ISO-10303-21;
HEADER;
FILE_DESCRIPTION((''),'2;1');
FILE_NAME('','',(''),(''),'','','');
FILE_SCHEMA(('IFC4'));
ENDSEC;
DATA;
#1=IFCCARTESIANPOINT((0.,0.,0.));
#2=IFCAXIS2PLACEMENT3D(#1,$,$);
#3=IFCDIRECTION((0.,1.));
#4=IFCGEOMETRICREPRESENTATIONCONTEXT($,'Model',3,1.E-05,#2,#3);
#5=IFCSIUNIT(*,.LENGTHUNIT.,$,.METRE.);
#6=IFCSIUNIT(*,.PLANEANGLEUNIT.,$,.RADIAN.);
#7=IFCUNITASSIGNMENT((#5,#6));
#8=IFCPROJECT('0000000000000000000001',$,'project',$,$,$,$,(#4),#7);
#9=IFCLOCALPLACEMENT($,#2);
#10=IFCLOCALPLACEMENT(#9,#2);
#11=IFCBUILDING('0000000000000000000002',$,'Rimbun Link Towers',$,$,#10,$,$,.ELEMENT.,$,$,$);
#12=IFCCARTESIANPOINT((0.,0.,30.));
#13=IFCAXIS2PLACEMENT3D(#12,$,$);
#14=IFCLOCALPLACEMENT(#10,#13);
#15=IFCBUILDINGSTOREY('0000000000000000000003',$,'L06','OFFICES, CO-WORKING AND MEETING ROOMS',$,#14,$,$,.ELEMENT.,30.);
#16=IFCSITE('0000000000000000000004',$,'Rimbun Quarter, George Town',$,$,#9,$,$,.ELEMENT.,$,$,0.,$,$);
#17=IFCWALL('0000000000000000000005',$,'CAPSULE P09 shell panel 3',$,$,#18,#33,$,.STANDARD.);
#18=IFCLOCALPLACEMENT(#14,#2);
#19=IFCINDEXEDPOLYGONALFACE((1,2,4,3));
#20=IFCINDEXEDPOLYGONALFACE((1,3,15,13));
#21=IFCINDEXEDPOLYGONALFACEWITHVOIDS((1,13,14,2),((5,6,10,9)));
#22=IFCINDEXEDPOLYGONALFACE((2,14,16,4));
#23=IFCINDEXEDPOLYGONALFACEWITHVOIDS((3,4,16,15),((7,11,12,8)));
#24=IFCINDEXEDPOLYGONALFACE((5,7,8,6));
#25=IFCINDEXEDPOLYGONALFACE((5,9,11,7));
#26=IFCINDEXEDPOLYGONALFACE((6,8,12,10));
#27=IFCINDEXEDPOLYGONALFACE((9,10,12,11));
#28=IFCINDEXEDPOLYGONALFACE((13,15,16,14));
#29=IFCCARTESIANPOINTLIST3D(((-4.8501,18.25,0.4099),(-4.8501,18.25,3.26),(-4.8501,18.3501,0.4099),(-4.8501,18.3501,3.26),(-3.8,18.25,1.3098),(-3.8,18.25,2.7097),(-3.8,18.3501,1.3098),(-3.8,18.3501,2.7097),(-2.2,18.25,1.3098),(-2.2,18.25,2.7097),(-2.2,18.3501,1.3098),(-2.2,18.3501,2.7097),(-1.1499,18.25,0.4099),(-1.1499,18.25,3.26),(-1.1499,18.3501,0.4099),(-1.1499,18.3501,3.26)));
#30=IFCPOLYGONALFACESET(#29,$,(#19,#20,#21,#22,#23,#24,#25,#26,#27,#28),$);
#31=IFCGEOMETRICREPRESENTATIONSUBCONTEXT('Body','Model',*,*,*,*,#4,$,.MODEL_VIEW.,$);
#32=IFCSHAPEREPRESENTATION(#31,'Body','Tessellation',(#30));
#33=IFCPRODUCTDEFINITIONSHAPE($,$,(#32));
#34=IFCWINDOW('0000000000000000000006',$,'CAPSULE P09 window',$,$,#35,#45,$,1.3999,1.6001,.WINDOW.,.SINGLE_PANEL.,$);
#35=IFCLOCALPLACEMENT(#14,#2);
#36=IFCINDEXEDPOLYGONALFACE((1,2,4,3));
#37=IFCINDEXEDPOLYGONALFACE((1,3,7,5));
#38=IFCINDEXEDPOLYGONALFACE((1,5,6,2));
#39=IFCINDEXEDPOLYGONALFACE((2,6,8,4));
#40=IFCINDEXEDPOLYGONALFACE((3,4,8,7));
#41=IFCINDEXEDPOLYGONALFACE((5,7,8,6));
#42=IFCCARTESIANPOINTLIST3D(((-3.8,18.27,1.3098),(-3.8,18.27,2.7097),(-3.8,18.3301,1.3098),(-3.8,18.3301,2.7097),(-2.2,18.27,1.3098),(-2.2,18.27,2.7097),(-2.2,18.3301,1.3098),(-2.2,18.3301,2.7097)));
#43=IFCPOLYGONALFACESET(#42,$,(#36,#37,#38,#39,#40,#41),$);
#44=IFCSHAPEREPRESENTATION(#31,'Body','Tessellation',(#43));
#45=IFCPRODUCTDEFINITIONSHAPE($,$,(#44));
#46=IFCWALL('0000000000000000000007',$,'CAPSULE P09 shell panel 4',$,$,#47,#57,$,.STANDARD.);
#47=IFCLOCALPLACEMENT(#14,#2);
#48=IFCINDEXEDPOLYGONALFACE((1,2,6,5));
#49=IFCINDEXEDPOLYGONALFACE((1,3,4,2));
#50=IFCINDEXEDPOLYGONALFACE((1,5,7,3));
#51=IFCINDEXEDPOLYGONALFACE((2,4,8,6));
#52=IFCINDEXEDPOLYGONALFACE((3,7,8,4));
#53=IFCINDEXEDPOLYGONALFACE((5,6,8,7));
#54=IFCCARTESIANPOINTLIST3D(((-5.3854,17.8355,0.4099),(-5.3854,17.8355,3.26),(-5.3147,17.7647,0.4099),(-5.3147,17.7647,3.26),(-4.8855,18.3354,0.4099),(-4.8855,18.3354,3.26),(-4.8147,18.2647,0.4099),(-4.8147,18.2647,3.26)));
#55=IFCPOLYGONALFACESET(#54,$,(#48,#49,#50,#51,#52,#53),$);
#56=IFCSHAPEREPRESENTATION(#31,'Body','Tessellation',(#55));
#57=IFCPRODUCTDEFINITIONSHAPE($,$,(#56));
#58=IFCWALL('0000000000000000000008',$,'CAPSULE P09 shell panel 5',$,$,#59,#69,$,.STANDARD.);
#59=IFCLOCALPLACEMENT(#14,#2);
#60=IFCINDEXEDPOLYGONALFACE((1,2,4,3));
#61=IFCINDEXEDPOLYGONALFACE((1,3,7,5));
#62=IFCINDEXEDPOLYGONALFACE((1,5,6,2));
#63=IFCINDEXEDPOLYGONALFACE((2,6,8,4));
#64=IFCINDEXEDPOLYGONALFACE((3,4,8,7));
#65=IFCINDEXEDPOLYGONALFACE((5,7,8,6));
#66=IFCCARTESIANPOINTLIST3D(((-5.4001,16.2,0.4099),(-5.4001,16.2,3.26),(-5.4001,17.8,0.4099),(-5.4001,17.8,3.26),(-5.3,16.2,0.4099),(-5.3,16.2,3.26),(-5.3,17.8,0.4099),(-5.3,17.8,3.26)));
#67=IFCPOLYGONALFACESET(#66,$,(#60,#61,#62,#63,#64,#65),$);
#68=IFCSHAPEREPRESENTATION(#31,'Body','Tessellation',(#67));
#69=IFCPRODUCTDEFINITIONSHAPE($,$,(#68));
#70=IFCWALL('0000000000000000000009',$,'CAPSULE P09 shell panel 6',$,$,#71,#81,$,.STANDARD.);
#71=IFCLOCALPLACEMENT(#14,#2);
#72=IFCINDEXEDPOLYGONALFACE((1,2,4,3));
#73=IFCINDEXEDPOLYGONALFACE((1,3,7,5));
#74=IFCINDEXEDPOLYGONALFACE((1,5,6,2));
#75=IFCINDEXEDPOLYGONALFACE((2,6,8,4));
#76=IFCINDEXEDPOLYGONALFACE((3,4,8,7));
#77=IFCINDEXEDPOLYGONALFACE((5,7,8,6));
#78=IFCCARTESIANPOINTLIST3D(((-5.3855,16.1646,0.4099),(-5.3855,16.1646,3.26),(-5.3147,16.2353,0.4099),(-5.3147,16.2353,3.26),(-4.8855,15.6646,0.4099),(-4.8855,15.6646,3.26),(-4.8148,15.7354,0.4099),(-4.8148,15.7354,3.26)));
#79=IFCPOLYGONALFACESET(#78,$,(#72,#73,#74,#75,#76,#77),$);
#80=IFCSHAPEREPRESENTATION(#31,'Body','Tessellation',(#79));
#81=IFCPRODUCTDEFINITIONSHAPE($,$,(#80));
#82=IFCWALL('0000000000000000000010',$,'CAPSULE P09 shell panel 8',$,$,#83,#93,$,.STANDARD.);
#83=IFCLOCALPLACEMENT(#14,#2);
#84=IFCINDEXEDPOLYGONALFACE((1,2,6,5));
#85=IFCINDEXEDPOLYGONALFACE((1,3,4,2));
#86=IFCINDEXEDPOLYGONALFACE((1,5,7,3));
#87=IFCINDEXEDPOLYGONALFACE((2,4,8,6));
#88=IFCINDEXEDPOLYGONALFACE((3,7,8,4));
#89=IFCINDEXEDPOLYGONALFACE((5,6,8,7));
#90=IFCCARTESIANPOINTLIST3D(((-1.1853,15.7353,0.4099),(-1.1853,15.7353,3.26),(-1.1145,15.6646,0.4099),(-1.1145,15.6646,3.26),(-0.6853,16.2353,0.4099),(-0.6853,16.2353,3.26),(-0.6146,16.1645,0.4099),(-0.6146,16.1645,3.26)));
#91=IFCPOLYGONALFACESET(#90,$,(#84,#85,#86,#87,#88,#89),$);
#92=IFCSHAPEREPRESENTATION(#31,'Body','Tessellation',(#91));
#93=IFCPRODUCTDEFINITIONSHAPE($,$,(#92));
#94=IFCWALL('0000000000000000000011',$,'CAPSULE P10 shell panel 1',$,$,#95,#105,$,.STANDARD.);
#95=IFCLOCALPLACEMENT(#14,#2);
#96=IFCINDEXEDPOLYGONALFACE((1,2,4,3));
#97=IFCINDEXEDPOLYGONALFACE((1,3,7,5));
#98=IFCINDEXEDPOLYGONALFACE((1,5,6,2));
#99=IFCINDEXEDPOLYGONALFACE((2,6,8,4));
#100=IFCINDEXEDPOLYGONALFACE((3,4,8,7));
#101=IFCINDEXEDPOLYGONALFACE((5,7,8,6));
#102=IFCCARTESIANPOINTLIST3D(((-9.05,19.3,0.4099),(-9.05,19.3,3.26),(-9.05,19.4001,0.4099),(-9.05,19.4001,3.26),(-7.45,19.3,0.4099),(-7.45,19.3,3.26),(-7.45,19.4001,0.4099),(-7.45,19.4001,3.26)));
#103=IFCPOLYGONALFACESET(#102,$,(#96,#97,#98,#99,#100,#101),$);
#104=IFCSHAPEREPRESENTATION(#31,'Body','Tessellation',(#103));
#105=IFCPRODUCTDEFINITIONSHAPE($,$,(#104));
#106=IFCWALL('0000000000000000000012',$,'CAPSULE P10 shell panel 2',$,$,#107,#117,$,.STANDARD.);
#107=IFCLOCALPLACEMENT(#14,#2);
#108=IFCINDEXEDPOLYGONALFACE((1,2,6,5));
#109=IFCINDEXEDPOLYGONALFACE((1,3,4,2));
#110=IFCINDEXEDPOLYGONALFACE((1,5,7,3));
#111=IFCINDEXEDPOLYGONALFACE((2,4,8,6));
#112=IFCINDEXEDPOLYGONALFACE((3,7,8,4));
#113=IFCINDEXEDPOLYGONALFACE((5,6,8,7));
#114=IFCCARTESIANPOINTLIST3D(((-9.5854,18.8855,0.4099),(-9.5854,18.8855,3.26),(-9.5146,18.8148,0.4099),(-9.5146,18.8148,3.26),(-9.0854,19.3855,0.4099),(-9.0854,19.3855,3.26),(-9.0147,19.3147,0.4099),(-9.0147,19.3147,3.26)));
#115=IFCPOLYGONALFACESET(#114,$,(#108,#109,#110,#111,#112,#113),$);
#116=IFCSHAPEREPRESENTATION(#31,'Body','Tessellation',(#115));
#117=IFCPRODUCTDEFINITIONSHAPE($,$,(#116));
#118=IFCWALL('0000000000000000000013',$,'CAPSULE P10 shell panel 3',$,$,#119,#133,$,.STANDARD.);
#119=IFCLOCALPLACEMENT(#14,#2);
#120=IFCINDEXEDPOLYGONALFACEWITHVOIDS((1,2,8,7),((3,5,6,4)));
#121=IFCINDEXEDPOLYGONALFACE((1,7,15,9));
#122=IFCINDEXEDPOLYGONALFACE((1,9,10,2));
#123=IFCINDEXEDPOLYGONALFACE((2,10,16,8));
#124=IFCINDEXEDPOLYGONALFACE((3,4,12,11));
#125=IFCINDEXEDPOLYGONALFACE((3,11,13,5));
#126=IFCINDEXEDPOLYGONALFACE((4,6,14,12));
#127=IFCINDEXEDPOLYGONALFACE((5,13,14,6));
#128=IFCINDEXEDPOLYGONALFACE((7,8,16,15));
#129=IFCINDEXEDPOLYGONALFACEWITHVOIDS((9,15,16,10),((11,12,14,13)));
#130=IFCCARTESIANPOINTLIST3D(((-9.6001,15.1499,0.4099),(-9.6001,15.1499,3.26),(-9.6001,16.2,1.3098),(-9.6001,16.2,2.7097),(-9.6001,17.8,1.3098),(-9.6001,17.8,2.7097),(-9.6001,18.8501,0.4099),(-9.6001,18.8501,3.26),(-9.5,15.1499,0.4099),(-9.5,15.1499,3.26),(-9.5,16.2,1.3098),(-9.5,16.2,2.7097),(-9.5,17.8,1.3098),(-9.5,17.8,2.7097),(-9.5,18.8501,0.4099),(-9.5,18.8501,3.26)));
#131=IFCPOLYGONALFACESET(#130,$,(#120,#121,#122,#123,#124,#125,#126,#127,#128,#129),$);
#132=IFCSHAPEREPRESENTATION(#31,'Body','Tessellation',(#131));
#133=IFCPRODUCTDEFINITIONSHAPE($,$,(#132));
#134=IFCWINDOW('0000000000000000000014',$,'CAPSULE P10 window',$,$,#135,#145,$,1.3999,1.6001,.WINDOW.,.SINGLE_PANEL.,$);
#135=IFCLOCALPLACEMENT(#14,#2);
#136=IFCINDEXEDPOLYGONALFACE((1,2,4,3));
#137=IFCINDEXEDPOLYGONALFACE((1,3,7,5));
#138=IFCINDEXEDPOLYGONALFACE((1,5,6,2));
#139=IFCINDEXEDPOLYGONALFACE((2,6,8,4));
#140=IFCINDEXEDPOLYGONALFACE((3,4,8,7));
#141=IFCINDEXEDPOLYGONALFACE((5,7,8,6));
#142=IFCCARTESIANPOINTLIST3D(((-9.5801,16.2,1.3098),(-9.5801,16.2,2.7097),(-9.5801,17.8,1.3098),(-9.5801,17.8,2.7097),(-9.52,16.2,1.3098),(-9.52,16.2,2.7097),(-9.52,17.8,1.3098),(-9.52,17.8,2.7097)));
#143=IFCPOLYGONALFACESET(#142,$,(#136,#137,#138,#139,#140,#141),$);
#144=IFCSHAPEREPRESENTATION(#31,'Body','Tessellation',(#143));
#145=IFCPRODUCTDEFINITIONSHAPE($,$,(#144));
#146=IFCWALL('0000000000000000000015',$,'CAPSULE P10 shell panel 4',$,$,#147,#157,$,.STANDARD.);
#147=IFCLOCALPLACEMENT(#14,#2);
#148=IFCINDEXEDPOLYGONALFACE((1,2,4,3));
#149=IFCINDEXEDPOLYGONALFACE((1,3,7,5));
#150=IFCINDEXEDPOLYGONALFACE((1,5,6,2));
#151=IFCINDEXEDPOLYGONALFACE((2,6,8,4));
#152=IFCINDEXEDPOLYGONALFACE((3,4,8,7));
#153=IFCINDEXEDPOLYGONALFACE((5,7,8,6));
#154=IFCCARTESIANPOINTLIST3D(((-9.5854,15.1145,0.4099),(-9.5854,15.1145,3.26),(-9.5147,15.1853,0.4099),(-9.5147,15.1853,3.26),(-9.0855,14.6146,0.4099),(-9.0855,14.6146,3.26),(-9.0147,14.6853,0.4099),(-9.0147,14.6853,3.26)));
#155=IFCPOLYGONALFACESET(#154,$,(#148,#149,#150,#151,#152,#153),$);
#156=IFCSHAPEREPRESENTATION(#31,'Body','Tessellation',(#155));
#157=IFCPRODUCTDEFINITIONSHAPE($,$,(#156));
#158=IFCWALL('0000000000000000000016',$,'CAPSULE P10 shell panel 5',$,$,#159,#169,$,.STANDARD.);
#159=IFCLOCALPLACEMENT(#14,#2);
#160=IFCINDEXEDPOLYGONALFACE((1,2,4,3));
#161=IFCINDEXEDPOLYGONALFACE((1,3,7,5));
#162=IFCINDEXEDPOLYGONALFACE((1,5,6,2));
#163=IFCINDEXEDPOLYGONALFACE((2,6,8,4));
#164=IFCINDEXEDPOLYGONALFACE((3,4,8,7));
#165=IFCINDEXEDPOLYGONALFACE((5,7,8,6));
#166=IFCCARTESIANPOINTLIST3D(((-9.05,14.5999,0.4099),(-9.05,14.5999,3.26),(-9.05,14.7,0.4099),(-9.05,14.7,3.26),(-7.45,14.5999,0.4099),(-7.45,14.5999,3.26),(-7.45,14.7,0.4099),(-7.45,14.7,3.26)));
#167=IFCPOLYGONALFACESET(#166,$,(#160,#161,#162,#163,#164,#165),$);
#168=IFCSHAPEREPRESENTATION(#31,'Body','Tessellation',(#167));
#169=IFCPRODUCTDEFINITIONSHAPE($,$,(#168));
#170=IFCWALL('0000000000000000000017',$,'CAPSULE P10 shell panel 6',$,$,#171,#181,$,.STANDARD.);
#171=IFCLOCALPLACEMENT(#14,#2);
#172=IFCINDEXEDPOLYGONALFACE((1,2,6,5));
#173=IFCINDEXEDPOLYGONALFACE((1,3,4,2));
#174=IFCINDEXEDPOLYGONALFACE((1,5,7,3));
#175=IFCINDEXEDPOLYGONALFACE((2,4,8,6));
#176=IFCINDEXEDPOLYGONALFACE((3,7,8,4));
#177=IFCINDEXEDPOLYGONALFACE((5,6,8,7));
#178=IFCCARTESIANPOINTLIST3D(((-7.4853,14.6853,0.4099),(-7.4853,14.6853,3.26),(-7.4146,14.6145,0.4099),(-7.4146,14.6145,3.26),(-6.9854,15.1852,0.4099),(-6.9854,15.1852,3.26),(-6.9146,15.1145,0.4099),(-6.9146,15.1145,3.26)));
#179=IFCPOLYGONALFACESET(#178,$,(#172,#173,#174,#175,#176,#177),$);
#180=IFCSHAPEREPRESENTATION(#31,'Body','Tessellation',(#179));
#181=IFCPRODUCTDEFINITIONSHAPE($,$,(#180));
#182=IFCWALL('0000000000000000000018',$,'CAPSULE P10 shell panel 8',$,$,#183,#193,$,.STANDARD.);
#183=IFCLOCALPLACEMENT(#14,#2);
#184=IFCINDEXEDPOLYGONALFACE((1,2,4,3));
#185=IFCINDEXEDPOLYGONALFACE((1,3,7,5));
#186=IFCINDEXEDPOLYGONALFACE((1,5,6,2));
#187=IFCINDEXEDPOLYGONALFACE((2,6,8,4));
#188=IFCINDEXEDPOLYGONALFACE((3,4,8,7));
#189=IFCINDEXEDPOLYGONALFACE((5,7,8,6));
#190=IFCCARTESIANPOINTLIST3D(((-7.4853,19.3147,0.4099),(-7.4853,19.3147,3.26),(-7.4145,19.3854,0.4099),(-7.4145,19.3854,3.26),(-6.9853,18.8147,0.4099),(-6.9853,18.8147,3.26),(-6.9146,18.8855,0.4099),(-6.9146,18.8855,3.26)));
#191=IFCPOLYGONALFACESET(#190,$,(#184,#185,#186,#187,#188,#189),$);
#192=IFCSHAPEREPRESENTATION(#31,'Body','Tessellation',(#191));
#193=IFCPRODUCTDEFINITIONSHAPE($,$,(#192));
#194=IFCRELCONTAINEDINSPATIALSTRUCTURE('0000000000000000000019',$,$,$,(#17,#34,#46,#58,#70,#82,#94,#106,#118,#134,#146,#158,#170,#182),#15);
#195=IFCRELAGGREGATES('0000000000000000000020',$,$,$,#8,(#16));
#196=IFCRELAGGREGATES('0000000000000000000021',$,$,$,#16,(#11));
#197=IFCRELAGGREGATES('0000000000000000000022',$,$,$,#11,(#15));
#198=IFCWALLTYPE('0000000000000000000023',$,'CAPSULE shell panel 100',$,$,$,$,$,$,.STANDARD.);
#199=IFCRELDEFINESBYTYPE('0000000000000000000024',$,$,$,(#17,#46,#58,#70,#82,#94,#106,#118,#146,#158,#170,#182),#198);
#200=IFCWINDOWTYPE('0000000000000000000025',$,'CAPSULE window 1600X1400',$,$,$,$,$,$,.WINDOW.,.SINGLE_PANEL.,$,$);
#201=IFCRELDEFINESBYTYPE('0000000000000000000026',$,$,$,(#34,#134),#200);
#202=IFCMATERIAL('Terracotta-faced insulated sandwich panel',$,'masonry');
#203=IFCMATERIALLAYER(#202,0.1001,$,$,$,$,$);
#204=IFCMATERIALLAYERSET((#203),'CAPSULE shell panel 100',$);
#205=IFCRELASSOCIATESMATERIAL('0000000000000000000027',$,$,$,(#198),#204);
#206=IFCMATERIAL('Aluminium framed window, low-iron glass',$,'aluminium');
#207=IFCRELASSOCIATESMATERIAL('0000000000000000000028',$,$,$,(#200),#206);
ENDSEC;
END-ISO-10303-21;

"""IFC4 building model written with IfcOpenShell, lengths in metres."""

from ifc_helpers import new_model, si_unit, direction, frame, frame_2d, origin, place, context, subcontext, project, spatial, rectangle, extrude, material, layer, layer_set, type_object, element, fill, save


model = new_model("IFC4")

# Units and contexts
model_context = context("Model", 3, precision=1e-05, world=origin(), true_north=direction((0.0, 1.0)))
body_context = subcontext(model_context, "Body", "Model", "MODEL_VIEW")
ifc_project = project(units=[si_unit("LENGTHUNIT", "METRE"), si_unit("PLANEANGLEUNIT", "RADIAN")], contexts=[model_context])

# Site, building, storey
site_placement = place(None, origin())
site = spatial("IfcSite", under=ifc_project, at=site_placement, Name="Rimbun Quarter, George Town", CompositionType="ELEMENT", RefElevation=0.0)
building_placement = place(site_placement, origin())
building = spatial("IfcBuilding", under=site, at=building_placement, Name="Rimbun Link Towers", CompositionType="ELEMENT")
storey_placement = place(building_placement, frame((0.0, 0.0, 30.0)))
storey = spatial("IfcBuildingStorey", under=building, at=storey_placement, Name="L06", Description="OFFICES, CO-WORKING AND MEETING ROOMS", CompositionType="ELEMENT", Elevation=30.0)

# Shared definitions
ifc_material_1 = material(Name="Terracotta-faced insulated sandwich panel", Category="masonry")
ifc_layer_1 = layer(ifc_material_1, 0.1001)
ifc_layer_set_1 = layer_set([ifc_layer_1], Name="CAPSULE shell panel 100")
wall_type_1 = type_object("IfcWallType", Name="CAPSULE shell panel 100", PredefinedType="STANDARD", material=ifc_layer_set_1)

# Wall, opening, window
wall_1_placement = place(storey_placement, frame((-1.1499, 18.3, 0.4099), z_axis=(0.0, 0.0, 1.0), x_axis=(-1.0, 0.0, 0.0)))
wall_1 = element("IfcWall", 1, at=wall_1_placement, inside=storey, type_object=wall_type_1, Name="CAPSULE P09 shell panel 3", PredefinedType="STANDARD", context=body_context, shape_type="SweptSolid", body=[
    extrude(rectangle(XDim=3.7002, YDim=0.1001, at=frame_2d((1.8501, 0.0))), origin(), (0.0, 0.0, 1.0), 2.8501),
])
opening_1_placement = place(wall_1_placement, frame((1.05, 0.0, 0.8999)))
opening_1 = element("IfcOpeningElement", 2, at=opening_1_placement, cuts=wall_1, PredefinedType="OPENING", context=body_context, shape_type="SweptSolid", body=[
    extrude(rectangle(XDim=1.6001, YDim=1.3999, at=frame_2d((0.8, 0.7))), frame((0.0, 0.0601, 0.0), z_axis=(0.0, -1.0, 0.0), x_axis=(1.0, 0.0, 0.0)), (0.0, 0.0, 1.0), 0.1201),
])
ifc_material_2 = material(Name="Aluminium framed window, low-iron glass", Category="aluminium")
window_type = type_object("IfcWindowType", Name="CAPSULE window 1600X1400", PartitioningType="SINGLE_PANEL", PredefinedType="WINDOW", material=ifc_material_2)
window_1_placement = place(opening_1_placement, origin())
window_1 = element("IfcWindow", 3, at=window_1_placement, inside=storey, type_object=window_type, Name="CAPSULE P09 window", OverallHeight=1.3999, OverallWidth=1.6001, PartitioningType="SINGLE_PANEL", PredefinedType="WINDOW", context=body_context, shape_type="SweptSolid", body=[
    extrude(rectangle(XDim=1.6001, YDim=1.3999, at=frame_2d((0.8, 0.7))), frame((0.0, 0.03, 0.0), z_axis=(0.0, -1.0, 0.0), x_axis=(1.0, 0.0, 0.0)), (0.0, 0.0, 1.0), 0.0601),
])
fill(opening_1, window_1)

# Walls
wall_2_placement = place(storey_placement, frame((-4.8501, 18.3, 0.4099), z_axis=(0.0, 0.0, 1.0), x_axis=(-0.707107, -0.707107, 0.0)))
element("IfcWall", 4, at=wall_2_placement, inside=storey, type_object=wall_type_1, Name="CAPSULE P09 shell panel 4", PredefinedType="STANDARD", context=body_context, shape_type="SweptSolid", body=[
    extrude(rectangle(XDim=0.707, YDim=0.1001, at=frame_2d((0.3535, 0.0))), origin(), (0.0, 0.0, 1.0), 2.8501),
])
wall_3_placement = place(storey_placement, frame((-5.3501, 17.8, 0.4099), z_axis=(0.0, 0.0, 1.0), x_axis=(0.0, -1.0, 0.0)))
element("IfcWall", 5, at=wall_3_placement, inside=storey, type_object=wall_type_1, Name="CAPSULE P09 shell panel 5", PredefinedType="STANDARD", context=body_context, shape_type="SweptSolid", body=[
    extrude(rectangle(XDim=1.6001, YDim=0.1001, at=frame_2d((0.8, 0.0))), origin(), (0.0, 0.0, 1.0), 2.8501),
])
for number, where, z_axis, x_axis, name in (
    (6, (-5.3501, 16.2, 0.4099), (0.0, 0.0, 1.0), (0.707107, -0.707107, 0.0), "CAPSULE P09 shell panel 6"),
    (7, (-1.1499, 15.7, 0.4099), (0.0, 0.0, 1.0), (0.707107, 0.707107, 0.0), "CAPSULE P09 shell panel 8"),
):
    element("IfcWall", number, at=place(storey_placement, frame(where, z_axis=z_axis, x_axis=x_axis)), inside=storey, type_object=wall_type_1, Name=name, PredefinedType="STANDARD", context=body_context, shape_type="SweptSolid", body=[
        extrude(rectangle(XDim=0.707, YDim=0.1001, at=frame_2d((0.3535, 0.0))), origin(), (0.0, 0.0, 1.0), 2.8501),
    ])
wall_4_placement = place(storey_placement, frame((-7.45, 19.3501, 0.4099), z_axis=(0.0, 0.0, 1.0), x_axis=(-1.0, 0.0, 0.0)))
element("IfcWall", 8, at=wall_4_placement, inside=storey, type_object=wall_type_1, Name="CAPSULE P10 shell panel 1", PredefinedType="STANDARD", context=body_context, shape_type="SweptSolid", body=[
    extrude(rectangle(XDim=1.6001, YDim=0.1001, at=frame_2d((0.8, 0.0))), origin(), (0.0, 0.0, 1.0), 2.8501),
])
wall_5_placement = place(storey_placement, frame((-9.05, 19.3501, 0.4099), z_axis=(0.0, 0.0, 1.0), x_axis=(-0.707107, -0.707107, 0.0)))
element("IfcWall", 9, at=wall_5_placement, inside=storey, type_object=wall_type_1, Name="CAPSULE P10 shell panel 2", PredefinedType="STANDARD", context=body_context, shape_type="SweptSolid", body=[
    extrude(rectangle(XDim=0.707, YDim=0.1001, at=frame_2d((0.3535, 0.0))), origin(), (0.0, 0.0, 1.0), 2.8501),
])

# Wall, opening, window
wall_6_placement = place(storey_placement, frame((-9.55, 18.8501, 0.4099), z_axis=(0.0, 0.0, 1.0), x_axis=(0.0, -1.0, 0.0)))
wall_6 = element("IfcWall", 10, at=wall_6_placement, inside=storey, type_object=wall_type_1, Name="CAPSULE P10 shell panel 3", PredefinedType="STANDARD", context=body_context, shape_type="SweptSolid", body=[
    extrude(rectangle(XDim=3.7002, YDim=0.1001, at=frame_2d((1.8501, 0.0))), origin(), (0.0, 0.0, 1.0), 2.8501),
])
opening_2_placement = place(wall_6_placement, frame((1.05, 0.0, 0.8999)))
opening_2 = element("IfcOpeningElement", 11, at=opening_2_placement, cuts=wall_6, PredefinedType="OPENING", context=body_context, shape_type="SweptSolid", body=[
    extrude(rectangle(XDim=1.6001, YDim=1.3999, at=frame_2d((0.8, 0.7))), frame((0.0, 0.0601, 0.0), z_axis=(0.0, -1.0, 0.0), x_axis=(1.0, 0.0, 0.0)), (0.0, 0.0, 1.0), 0.1201),
])
window_2_placement = place(opening_2_placement, origin())
window_2 = element("IfcWindow", 12, at=window_2_placement, inside=storey, type_object=window_type, Name="CAPSULE P10 window", OverallHeight=1.3999, OverallWidth=1.6001, PartitioningType="SINGLE_PANEL", PredefinedType="WINDOW", context=body_context, shape_type="SweptSolid", body=[
    extrude(rectangle(XDim=1.6001, YDim=1.3999, at=frame_2d((0.8, 0.7))), frame((0.0, 0.03, 0.0), z_axis=(0.0, -1.0, 0.0), x_axis=(1.0, 0.0, 0.0)), (0.0, 0.0, 1.0), 0.0601),
])
fill(opening_2, window_2)

# Walls
wall_7_placement = place(storey_placement, frame((-9.55, 15.1499, 0.4099), z_axis=(0.0, 0.0, 1.0), x_axis=(0.707107, -0.707107, 0.0)))
element("IfcWall", 13, at=wall_7_placement, inside=storey, type_object=wall_type_1, Name="CAPSULE P10 shell panel 4", PredefinedType="STANDARD", context=body_context, shape_type="SweptSolid", body=[
    extrude(rectangle(XDim=0.707, YDim=0.1001, at=frame_2d((0.3535, 0.0))), origin(), (0.0, 0.0, 1.0), 2.8501),
])
wall_8_placement = place(storey_placement, frame((-9.05, 14.6499, 0.4099), z_axis=(0.0, 0.0, 1.0), x_axis=(1.0, 0.0, 0.0)))
element("IfcWall", 14, at=wall_8_placement, inside=storey, type_object=wall_type_1, Name="CAPSULE P10 shell panel 5", PredefinedType="STANDARD", context=body_context, shape_type="SweptSolid", body=[
    extrude(rectangle(XDim=1.6001, YDim=0.1001, at=frame_2d((0.8, 0.0))), origin(), (0.0, 0.0, 1.0), 2.8501),
])
for number, where, z_axis, x_axis, name in (
    (15, (-7.45, 14.6499, 0.4099), (0.0, 0.0, 1.0), (0.707107, 0.707107, 0.0), "CAPSULE P10 shell panel 6"),
    (16, (-6.95, 18.8501, 0.4099), (0.0, 0.0, 1.0), (-0.707107, 0.707107, 0.0), "CAPSULE P10 shell panel 8"),
):
    element("IfcWall", number, at=place(storey_placement, frame(where, z_axis=z_axis, x_axis=x_axis)), inside=storey, type_object=wall_type_1, Name=name, PredefinedType="STANDARD", context=body_context, shape_type="SweptSolid", body=[
        extrude(rectangle(XDim=0.707, YDim=0.1001, at=frame_2d((0.3535, 0.0))), origin(), (0.0, 0.0, 1.0), 2.8501),
    ])

save(model, "model.ifc")
